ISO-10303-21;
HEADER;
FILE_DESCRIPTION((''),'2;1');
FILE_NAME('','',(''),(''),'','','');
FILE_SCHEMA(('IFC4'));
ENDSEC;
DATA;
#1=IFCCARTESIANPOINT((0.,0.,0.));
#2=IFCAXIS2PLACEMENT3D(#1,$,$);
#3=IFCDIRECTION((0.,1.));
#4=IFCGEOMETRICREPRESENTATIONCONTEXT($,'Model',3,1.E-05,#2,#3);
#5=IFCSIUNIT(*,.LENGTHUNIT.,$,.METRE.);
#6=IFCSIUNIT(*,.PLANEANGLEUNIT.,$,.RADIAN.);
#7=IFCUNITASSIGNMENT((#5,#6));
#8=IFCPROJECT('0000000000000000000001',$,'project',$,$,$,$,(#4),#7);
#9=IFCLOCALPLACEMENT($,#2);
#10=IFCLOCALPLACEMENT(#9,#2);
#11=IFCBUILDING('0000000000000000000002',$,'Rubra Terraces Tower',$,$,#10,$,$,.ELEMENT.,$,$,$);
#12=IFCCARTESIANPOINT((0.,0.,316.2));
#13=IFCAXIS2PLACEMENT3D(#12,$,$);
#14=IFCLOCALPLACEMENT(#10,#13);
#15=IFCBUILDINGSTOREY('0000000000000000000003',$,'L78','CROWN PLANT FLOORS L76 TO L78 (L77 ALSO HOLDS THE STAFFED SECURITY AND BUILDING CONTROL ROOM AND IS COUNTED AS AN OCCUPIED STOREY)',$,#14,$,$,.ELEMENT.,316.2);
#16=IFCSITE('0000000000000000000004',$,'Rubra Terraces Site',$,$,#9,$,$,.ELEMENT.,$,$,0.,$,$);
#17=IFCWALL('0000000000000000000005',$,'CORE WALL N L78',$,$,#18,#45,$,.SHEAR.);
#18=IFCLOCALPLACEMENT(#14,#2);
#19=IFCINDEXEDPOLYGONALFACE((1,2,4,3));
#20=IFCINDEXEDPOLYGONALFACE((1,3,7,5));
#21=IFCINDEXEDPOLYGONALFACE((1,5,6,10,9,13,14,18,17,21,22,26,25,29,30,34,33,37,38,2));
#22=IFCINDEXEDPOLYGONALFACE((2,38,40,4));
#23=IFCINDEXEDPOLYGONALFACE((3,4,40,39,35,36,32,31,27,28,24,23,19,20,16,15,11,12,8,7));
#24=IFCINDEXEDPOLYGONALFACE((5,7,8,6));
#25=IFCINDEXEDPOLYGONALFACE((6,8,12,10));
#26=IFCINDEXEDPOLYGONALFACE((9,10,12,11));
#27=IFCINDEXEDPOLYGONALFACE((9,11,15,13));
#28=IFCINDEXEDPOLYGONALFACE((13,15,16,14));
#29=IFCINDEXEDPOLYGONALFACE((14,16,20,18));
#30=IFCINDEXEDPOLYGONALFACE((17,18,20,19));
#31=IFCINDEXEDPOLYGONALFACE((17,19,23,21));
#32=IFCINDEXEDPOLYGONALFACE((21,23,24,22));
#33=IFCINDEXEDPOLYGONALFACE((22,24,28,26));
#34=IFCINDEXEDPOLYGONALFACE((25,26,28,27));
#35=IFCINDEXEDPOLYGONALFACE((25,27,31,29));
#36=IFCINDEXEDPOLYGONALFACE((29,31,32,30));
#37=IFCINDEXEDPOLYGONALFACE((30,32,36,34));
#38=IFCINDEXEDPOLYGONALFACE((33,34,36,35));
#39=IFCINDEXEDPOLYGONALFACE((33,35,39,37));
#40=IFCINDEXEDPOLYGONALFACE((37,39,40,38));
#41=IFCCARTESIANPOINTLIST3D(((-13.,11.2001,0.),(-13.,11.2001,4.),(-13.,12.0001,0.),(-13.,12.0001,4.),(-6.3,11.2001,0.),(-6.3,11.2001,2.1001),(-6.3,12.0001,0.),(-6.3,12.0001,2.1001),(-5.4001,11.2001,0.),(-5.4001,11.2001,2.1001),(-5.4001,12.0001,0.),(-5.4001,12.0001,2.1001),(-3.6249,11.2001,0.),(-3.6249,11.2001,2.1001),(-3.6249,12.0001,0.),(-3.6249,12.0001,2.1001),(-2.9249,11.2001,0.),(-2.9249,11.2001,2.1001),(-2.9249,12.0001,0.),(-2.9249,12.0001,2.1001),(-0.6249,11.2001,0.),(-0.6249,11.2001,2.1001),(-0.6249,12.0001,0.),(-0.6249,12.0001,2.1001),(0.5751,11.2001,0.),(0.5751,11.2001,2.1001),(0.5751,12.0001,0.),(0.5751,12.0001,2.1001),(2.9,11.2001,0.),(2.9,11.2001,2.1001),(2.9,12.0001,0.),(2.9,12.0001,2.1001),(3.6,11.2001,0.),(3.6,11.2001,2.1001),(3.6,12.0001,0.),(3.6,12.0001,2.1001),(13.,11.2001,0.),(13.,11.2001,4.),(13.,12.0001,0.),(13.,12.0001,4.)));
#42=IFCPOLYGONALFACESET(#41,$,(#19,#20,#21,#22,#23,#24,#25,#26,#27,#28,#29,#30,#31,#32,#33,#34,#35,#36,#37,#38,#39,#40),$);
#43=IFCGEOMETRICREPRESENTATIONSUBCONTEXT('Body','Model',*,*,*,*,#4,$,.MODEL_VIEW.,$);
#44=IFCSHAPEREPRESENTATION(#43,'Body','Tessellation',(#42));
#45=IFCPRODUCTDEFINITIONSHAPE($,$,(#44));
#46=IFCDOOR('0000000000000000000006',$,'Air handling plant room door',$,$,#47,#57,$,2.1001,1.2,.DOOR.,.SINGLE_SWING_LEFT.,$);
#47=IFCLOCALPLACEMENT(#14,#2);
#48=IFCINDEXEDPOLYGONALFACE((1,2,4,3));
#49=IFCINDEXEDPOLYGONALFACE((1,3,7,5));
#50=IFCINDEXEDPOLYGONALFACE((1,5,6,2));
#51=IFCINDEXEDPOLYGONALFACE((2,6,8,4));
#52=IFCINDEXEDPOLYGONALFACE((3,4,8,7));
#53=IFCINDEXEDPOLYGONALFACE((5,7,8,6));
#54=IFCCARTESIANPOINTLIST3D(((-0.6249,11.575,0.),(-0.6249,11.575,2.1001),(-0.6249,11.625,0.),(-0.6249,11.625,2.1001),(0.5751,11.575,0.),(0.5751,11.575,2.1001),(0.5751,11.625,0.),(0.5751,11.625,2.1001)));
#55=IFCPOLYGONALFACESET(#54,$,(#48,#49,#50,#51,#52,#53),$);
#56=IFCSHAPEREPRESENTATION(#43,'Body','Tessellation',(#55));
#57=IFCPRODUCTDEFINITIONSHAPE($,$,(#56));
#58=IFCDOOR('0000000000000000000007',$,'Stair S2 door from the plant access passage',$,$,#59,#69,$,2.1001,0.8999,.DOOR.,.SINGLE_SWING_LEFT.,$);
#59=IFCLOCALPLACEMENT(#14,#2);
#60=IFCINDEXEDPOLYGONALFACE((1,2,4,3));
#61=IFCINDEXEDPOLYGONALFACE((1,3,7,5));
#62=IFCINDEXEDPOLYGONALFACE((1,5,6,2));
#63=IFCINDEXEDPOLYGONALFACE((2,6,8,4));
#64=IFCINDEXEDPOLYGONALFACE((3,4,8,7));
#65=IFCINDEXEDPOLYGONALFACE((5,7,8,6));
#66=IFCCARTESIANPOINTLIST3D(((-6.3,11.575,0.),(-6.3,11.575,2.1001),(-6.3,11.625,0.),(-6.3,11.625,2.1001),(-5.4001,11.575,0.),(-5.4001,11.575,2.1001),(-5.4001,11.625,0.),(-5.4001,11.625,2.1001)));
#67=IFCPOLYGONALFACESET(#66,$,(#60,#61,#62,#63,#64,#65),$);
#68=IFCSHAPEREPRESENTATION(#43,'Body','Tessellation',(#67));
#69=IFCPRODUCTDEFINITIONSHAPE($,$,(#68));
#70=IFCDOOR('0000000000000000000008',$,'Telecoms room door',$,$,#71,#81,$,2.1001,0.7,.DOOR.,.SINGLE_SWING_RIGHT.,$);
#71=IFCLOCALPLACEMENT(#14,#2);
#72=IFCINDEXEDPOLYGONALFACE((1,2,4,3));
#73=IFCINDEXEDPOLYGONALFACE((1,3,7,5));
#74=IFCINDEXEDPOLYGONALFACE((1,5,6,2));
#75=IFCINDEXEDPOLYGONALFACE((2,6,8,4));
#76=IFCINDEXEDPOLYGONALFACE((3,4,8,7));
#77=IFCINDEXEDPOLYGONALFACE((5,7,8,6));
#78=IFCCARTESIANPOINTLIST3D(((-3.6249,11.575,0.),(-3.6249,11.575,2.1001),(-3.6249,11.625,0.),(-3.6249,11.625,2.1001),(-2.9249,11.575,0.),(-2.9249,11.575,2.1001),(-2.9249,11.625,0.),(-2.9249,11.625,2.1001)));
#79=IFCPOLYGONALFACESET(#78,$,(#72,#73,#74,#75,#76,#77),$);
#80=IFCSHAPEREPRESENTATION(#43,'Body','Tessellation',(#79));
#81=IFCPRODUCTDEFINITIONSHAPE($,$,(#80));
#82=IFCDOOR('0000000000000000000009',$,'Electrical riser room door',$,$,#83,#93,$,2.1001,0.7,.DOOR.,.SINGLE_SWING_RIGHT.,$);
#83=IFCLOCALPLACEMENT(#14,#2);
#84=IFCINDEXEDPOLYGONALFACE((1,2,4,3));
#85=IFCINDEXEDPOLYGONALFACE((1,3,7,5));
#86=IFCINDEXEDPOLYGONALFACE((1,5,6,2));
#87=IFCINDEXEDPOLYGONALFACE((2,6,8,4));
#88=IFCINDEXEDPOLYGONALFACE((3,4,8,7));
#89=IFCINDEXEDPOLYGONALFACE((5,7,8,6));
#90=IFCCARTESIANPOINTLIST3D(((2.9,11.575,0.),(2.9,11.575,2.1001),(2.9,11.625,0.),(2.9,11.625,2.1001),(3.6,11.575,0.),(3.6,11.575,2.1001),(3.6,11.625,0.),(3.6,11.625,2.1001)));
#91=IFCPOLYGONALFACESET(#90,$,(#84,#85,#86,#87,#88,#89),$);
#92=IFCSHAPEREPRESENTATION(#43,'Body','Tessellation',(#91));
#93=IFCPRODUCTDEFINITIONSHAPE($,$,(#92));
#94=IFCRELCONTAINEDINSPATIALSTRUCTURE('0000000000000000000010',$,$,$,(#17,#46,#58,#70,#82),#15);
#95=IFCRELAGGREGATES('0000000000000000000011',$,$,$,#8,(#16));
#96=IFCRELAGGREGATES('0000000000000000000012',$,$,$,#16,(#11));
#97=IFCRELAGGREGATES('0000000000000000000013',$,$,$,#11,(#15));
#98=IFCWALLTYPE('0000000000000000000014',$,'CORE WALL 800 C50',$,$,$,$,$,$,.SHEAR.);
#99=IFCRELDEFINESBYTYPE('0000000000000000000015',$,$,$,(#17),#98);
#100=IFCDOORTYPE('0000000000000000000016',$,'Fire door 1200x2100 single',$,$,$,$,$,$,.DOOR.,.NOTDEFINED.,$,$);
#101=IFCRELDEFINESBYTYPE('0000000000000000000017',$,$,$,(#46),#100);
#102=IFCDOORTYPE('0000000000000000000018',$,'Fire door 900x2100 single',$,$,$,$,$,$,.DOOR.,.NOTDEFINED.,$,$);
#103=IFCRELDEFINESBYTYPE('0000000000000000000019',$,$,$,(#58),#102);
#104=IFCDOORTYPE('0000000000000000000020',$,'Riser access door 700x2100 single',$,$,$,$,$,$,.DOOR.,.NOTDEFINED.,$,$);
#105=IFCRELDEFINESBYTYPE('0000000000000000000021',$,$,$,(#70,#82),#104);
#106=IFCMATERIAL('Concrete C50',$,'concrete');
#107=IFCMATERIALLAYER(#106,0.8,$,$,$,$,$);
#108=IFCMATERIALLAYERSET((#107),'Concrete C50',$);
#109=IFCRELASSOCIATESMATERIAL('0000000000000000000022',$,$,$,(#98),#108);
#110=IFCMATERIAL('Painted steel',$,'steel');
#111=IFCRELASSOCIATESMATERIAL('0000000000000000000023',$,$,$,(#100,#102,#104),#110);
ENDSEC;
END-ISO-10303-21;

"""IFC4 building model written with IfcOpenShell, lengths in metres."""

from ifc_helpers import new_model, si_unit, direction, frame, frame_2d, origin, place, context, subcontext, project, spatial, rectangle, extrude, material, layer, layer_set, type_object, element, fill, save


model = new_model("IFC4")

# Units and contexts
model_context = context("Model", 3, precision=1e-05, world=origin(), true_north=direction((0.0, 1.0)))
body_context = subcontext(model_context, "Body", "Model", "MODEL_VIEW")
ifc_project = project(units=[si_unit("LENGTHUNIT", "METRE"), si_unit("PLANEANGLEUNIT", "RADIAN")], contexts=[model_context])

# Site, building, storey
site_placement = place(None, origin())
site = spatial("IfcSite", under=ifc_project, at=site_placement, Name="Rubra Terraces Site", CompositionType="ELEMENT", RefElevation=0.0)
building_placement = place(site_placement, origin())
building = spatial("IfcBuilding", under=site, at=building_placement, Name="Rubra Terraces Tower", CompositionType="ELEMENT")
storey_placement = place(building_placement, frame((0.0, 0.0, 316.2)))
storey = spatial("IfcBuildingStorey", under=building, at=storey_placement, Name="L78", Description="CROWN PLANT FLOORS L76 TO L78 (L77 ALSO HOLDS THE STAFFED SECURITY AND BUILDING CONTROL ROOM AND IS COUNTED AS AN OCCUPIED STOREY)", CompositionType="ELEMENT", Elevation=316.2)

# Wall, openings, doors
ifc_material_1 = material(Name="Concrete C50", Category="concrete")
ifc_layer_1 = layer(ifc_material_1, 0.8)
ifc_layer_set_1 = layer_set([ifc_layer_1], Name="Concrete C50")
wall_type = type_object("IfcWallType", Name="CORE WALL 800 C50", PredefinedType="SHEAR", material=ifc_layer_set_1)
wall_placement = place(storey_placement, frame((-13.0, 11.6001, 0.0), z_axis=(0.0, 0.0, 1.0), x_axis=(1.0, 0.0, 0.0)))
wall = element("IfcWall", 1, at=wall_placement, inside=storey, type_object=wall_type, Name="CORE WALL N L78", PredefinedType="SHEAR", context=body_context, shape_type="SweptSolid", body=[
    extrude(rectangle(XDim=26.0, YDim=0.8, at=frame_2d((13.0, 0.0))), origin(), (0.0, 0.0, 1.0), 4.0),
])
opening_1_placement = place(wall_placement, frame((9.375, 0.0, 0.0)))
opening_1 = element("IfcOpeningElement", 2, at=opening_1_placement, cuts=wall, PredefinedType="OPENING", context=body_context, shape_type="SweptSolid", body=[
    extrude(rectangle(XDim=0.7, YDim=2.1001, at=frame_2d((0.3501, 1.05))), frame((0.0, 0.4099, 0.0), z_axis=(0.0, -1.0, 0.0), x_axis=(1.0, 0.0, 0.0)), (0.0, 0.0, 1.0), 0.8201),
])
opening_2_placement = place(wall_placement, frame((12.375, 0.0, 0.0)))
opening_2 = element("IfcOpeningElement", 3, at=opening_2_placement, cuts=wall, PredefinedType="OPENING", context=body_context, shape_type="SweptSolid", body=[
    extrude(rectangle(XDim=1.2, YDim=2.1001, at=frame_2d((0.6001, 1.05))), frame((0.0, 0.4099, 0.0), z_axis=(0.0, -1.0, 0.0), x_axis=(1.0, 0.0, 0.0)), (0.0, 0.0, 1.0), 0.8201),
])
opening_3_placement = place(wall_placement, frame((15.8999, 0.0, 0.0)))
opening_3 = element("IfcOpeningElement", 4, at=opening_3_placement, cuts=wall, PredefinedType="OPENING", context=body_context, shape_type="SweptSolid", body=[
    extrude(rectangle(XDim=0.7, YDim=2.1001, at=frame_2d((0.3501, 1.05))), frame((0.0, 0.4099, 0.0), z_axis=(0.0, -1.0, 0.0), x_axis=(1.0, 0.0, 0.0)), (0.0, 0.0, 1.0), 0.8201),
])
opening_4_placement = place(wall_placement, frame((6.7, 0.0, 0.0)))
opening_4 = element("IfcOpeningElement", 5, at=opening_4_placement, cuts=wall, PredefinedType="OPENING", context=body_context, shape_type="SweptSolid", body=[
    extrude(rectangle(XDim=0.8999, YDim=2.1001, at=frame_2d((0.45, 1.05))), frame((0.0, 0.4099, 0.0), z_axis=(0.0, -1.0, 0.0), x_axis=(1.0, 0.0, 0.0)), (0.0, 0.0, 1.0), 0.8201),
])
ifc_material_2 = material(Name="Painted steel", Category="steel")
door_type_1 = type_object("IfcDoorType", Name="Fire door 1200x2100 single", OperationType="NOTDEFINED", PredefinedType="DOOR", material=ifc_material_2)
door_1_placement = place(opening_2_placement, origin())
door_1 = element("IfcDoor", 6, at=door_1_placement, inside=storey, type_object=door_type_1, Name="Air handling plant room door", OperationType="SINGLE_SWING_LEFT", OverallHeight=2.1001, OverallWidth=1.2, PredefinedType="DOOR", context=body_context, shape_type="SweptSolid", body=[
    extrude(rectangle(XDim=1.2, YDim=2.1001, at=frame_2d((0.6001, 1.05))), frame((0.0, 0.0249, 0.0), z_axis=(0.0, -1.0, 0.0), x_axis=(1.0, 0.0, 0.0)), (0.0, 0.0, 1.0), 0.05),
])
fill(opening_2, door_1)
door_type_2 = type_object("IfcDoorType", Name="Fire door 900x2100 single", OperationType="NOTDEFINED", PredefinedType="DOOR", material=ifc_material_2)
door_2_placement = place(opening_4_placement, origin())
door_2 = element("IfcDoor", 7, at=door_2_placement, inside=storey, type_object=door_type_2, Name="Stair S2 door from the plant access passage", OperationType="SINGLE_SWING_LEFT", OverallHeight=2.1001, OverallWidth=0.8999, PredefinedType="DOOR", context=body_context, shape_type="SweptSolid", body=[
    extrude(rectangle(XDim=0.8999, YDim=2.1001, at=frame_2d((0.45, 1.05))), frame((0.0, 0.0249, 0.0), z_axis=(0.0, -1.0, 0.0), x_axis=(1.0, 0.0, 0.0)), (0.0, 0.0, 1.0), 0.05),
])
fill(opening_4, door_2)
door_type_3 = type_object("IfcDoorType", Name="Riser access door 700x2100 single", OperationType="NOTDEFINED", PredefinedType="DOOR", material=ifc_material_2)
door_3_placement = place(opening_1_placement, origin())
door_3 = element("IfcDoor", 8, at=door_3_placement, inside=storey, type_object=door_type_3, Name="Telecoms room door", OperationType="SINGLE_SWING_RIGHT", OverallHeight=2.1001, OverallWidth=0.7, PredefinedType="DOOR", context=body_context, shape_type="SweptSolid", body=[
    extrude(rectangle(XDim=0.7, YDim=2.1001, at=frame_2d((0.3501, 1.05))), frame((0.0, 0.0249, 0.0), z_axis=(0.0, -1.0, 0.0), x_axis=(1.0, 0.0, 0.0)), (0.0, 0.0, 1.0), 0.05),
])
fill(opening_1, door_3)
door_4_placement = place(opening_3_placement, origin())
door_4 = element("IfcDoor", 9, at=door_4_placement, inside=storey, type_object=door_type_3, Name="Electrical riser room door", OperationType="SINGLE_SWING_RIGHT", OverallHeight=2.1001, OverallWidth=0.7, PredefinedType="DOOR", context=body_context, shape_type="SweptSolid", body=[
    extrude(rectangle(XDim=0.7, YDim=2.1001, at=frame_2d((0.3501, 1.05))), frame((0.0, 0.0249, 0.0), z_axis=(0.0, -1.0, 0.0), x_axis=(1.0, 0.0, 0.0)), (0.0, 0.0, 1.0), 0.05),
])
fill(opening_3, door_4)

save(model, "model.ifc")
